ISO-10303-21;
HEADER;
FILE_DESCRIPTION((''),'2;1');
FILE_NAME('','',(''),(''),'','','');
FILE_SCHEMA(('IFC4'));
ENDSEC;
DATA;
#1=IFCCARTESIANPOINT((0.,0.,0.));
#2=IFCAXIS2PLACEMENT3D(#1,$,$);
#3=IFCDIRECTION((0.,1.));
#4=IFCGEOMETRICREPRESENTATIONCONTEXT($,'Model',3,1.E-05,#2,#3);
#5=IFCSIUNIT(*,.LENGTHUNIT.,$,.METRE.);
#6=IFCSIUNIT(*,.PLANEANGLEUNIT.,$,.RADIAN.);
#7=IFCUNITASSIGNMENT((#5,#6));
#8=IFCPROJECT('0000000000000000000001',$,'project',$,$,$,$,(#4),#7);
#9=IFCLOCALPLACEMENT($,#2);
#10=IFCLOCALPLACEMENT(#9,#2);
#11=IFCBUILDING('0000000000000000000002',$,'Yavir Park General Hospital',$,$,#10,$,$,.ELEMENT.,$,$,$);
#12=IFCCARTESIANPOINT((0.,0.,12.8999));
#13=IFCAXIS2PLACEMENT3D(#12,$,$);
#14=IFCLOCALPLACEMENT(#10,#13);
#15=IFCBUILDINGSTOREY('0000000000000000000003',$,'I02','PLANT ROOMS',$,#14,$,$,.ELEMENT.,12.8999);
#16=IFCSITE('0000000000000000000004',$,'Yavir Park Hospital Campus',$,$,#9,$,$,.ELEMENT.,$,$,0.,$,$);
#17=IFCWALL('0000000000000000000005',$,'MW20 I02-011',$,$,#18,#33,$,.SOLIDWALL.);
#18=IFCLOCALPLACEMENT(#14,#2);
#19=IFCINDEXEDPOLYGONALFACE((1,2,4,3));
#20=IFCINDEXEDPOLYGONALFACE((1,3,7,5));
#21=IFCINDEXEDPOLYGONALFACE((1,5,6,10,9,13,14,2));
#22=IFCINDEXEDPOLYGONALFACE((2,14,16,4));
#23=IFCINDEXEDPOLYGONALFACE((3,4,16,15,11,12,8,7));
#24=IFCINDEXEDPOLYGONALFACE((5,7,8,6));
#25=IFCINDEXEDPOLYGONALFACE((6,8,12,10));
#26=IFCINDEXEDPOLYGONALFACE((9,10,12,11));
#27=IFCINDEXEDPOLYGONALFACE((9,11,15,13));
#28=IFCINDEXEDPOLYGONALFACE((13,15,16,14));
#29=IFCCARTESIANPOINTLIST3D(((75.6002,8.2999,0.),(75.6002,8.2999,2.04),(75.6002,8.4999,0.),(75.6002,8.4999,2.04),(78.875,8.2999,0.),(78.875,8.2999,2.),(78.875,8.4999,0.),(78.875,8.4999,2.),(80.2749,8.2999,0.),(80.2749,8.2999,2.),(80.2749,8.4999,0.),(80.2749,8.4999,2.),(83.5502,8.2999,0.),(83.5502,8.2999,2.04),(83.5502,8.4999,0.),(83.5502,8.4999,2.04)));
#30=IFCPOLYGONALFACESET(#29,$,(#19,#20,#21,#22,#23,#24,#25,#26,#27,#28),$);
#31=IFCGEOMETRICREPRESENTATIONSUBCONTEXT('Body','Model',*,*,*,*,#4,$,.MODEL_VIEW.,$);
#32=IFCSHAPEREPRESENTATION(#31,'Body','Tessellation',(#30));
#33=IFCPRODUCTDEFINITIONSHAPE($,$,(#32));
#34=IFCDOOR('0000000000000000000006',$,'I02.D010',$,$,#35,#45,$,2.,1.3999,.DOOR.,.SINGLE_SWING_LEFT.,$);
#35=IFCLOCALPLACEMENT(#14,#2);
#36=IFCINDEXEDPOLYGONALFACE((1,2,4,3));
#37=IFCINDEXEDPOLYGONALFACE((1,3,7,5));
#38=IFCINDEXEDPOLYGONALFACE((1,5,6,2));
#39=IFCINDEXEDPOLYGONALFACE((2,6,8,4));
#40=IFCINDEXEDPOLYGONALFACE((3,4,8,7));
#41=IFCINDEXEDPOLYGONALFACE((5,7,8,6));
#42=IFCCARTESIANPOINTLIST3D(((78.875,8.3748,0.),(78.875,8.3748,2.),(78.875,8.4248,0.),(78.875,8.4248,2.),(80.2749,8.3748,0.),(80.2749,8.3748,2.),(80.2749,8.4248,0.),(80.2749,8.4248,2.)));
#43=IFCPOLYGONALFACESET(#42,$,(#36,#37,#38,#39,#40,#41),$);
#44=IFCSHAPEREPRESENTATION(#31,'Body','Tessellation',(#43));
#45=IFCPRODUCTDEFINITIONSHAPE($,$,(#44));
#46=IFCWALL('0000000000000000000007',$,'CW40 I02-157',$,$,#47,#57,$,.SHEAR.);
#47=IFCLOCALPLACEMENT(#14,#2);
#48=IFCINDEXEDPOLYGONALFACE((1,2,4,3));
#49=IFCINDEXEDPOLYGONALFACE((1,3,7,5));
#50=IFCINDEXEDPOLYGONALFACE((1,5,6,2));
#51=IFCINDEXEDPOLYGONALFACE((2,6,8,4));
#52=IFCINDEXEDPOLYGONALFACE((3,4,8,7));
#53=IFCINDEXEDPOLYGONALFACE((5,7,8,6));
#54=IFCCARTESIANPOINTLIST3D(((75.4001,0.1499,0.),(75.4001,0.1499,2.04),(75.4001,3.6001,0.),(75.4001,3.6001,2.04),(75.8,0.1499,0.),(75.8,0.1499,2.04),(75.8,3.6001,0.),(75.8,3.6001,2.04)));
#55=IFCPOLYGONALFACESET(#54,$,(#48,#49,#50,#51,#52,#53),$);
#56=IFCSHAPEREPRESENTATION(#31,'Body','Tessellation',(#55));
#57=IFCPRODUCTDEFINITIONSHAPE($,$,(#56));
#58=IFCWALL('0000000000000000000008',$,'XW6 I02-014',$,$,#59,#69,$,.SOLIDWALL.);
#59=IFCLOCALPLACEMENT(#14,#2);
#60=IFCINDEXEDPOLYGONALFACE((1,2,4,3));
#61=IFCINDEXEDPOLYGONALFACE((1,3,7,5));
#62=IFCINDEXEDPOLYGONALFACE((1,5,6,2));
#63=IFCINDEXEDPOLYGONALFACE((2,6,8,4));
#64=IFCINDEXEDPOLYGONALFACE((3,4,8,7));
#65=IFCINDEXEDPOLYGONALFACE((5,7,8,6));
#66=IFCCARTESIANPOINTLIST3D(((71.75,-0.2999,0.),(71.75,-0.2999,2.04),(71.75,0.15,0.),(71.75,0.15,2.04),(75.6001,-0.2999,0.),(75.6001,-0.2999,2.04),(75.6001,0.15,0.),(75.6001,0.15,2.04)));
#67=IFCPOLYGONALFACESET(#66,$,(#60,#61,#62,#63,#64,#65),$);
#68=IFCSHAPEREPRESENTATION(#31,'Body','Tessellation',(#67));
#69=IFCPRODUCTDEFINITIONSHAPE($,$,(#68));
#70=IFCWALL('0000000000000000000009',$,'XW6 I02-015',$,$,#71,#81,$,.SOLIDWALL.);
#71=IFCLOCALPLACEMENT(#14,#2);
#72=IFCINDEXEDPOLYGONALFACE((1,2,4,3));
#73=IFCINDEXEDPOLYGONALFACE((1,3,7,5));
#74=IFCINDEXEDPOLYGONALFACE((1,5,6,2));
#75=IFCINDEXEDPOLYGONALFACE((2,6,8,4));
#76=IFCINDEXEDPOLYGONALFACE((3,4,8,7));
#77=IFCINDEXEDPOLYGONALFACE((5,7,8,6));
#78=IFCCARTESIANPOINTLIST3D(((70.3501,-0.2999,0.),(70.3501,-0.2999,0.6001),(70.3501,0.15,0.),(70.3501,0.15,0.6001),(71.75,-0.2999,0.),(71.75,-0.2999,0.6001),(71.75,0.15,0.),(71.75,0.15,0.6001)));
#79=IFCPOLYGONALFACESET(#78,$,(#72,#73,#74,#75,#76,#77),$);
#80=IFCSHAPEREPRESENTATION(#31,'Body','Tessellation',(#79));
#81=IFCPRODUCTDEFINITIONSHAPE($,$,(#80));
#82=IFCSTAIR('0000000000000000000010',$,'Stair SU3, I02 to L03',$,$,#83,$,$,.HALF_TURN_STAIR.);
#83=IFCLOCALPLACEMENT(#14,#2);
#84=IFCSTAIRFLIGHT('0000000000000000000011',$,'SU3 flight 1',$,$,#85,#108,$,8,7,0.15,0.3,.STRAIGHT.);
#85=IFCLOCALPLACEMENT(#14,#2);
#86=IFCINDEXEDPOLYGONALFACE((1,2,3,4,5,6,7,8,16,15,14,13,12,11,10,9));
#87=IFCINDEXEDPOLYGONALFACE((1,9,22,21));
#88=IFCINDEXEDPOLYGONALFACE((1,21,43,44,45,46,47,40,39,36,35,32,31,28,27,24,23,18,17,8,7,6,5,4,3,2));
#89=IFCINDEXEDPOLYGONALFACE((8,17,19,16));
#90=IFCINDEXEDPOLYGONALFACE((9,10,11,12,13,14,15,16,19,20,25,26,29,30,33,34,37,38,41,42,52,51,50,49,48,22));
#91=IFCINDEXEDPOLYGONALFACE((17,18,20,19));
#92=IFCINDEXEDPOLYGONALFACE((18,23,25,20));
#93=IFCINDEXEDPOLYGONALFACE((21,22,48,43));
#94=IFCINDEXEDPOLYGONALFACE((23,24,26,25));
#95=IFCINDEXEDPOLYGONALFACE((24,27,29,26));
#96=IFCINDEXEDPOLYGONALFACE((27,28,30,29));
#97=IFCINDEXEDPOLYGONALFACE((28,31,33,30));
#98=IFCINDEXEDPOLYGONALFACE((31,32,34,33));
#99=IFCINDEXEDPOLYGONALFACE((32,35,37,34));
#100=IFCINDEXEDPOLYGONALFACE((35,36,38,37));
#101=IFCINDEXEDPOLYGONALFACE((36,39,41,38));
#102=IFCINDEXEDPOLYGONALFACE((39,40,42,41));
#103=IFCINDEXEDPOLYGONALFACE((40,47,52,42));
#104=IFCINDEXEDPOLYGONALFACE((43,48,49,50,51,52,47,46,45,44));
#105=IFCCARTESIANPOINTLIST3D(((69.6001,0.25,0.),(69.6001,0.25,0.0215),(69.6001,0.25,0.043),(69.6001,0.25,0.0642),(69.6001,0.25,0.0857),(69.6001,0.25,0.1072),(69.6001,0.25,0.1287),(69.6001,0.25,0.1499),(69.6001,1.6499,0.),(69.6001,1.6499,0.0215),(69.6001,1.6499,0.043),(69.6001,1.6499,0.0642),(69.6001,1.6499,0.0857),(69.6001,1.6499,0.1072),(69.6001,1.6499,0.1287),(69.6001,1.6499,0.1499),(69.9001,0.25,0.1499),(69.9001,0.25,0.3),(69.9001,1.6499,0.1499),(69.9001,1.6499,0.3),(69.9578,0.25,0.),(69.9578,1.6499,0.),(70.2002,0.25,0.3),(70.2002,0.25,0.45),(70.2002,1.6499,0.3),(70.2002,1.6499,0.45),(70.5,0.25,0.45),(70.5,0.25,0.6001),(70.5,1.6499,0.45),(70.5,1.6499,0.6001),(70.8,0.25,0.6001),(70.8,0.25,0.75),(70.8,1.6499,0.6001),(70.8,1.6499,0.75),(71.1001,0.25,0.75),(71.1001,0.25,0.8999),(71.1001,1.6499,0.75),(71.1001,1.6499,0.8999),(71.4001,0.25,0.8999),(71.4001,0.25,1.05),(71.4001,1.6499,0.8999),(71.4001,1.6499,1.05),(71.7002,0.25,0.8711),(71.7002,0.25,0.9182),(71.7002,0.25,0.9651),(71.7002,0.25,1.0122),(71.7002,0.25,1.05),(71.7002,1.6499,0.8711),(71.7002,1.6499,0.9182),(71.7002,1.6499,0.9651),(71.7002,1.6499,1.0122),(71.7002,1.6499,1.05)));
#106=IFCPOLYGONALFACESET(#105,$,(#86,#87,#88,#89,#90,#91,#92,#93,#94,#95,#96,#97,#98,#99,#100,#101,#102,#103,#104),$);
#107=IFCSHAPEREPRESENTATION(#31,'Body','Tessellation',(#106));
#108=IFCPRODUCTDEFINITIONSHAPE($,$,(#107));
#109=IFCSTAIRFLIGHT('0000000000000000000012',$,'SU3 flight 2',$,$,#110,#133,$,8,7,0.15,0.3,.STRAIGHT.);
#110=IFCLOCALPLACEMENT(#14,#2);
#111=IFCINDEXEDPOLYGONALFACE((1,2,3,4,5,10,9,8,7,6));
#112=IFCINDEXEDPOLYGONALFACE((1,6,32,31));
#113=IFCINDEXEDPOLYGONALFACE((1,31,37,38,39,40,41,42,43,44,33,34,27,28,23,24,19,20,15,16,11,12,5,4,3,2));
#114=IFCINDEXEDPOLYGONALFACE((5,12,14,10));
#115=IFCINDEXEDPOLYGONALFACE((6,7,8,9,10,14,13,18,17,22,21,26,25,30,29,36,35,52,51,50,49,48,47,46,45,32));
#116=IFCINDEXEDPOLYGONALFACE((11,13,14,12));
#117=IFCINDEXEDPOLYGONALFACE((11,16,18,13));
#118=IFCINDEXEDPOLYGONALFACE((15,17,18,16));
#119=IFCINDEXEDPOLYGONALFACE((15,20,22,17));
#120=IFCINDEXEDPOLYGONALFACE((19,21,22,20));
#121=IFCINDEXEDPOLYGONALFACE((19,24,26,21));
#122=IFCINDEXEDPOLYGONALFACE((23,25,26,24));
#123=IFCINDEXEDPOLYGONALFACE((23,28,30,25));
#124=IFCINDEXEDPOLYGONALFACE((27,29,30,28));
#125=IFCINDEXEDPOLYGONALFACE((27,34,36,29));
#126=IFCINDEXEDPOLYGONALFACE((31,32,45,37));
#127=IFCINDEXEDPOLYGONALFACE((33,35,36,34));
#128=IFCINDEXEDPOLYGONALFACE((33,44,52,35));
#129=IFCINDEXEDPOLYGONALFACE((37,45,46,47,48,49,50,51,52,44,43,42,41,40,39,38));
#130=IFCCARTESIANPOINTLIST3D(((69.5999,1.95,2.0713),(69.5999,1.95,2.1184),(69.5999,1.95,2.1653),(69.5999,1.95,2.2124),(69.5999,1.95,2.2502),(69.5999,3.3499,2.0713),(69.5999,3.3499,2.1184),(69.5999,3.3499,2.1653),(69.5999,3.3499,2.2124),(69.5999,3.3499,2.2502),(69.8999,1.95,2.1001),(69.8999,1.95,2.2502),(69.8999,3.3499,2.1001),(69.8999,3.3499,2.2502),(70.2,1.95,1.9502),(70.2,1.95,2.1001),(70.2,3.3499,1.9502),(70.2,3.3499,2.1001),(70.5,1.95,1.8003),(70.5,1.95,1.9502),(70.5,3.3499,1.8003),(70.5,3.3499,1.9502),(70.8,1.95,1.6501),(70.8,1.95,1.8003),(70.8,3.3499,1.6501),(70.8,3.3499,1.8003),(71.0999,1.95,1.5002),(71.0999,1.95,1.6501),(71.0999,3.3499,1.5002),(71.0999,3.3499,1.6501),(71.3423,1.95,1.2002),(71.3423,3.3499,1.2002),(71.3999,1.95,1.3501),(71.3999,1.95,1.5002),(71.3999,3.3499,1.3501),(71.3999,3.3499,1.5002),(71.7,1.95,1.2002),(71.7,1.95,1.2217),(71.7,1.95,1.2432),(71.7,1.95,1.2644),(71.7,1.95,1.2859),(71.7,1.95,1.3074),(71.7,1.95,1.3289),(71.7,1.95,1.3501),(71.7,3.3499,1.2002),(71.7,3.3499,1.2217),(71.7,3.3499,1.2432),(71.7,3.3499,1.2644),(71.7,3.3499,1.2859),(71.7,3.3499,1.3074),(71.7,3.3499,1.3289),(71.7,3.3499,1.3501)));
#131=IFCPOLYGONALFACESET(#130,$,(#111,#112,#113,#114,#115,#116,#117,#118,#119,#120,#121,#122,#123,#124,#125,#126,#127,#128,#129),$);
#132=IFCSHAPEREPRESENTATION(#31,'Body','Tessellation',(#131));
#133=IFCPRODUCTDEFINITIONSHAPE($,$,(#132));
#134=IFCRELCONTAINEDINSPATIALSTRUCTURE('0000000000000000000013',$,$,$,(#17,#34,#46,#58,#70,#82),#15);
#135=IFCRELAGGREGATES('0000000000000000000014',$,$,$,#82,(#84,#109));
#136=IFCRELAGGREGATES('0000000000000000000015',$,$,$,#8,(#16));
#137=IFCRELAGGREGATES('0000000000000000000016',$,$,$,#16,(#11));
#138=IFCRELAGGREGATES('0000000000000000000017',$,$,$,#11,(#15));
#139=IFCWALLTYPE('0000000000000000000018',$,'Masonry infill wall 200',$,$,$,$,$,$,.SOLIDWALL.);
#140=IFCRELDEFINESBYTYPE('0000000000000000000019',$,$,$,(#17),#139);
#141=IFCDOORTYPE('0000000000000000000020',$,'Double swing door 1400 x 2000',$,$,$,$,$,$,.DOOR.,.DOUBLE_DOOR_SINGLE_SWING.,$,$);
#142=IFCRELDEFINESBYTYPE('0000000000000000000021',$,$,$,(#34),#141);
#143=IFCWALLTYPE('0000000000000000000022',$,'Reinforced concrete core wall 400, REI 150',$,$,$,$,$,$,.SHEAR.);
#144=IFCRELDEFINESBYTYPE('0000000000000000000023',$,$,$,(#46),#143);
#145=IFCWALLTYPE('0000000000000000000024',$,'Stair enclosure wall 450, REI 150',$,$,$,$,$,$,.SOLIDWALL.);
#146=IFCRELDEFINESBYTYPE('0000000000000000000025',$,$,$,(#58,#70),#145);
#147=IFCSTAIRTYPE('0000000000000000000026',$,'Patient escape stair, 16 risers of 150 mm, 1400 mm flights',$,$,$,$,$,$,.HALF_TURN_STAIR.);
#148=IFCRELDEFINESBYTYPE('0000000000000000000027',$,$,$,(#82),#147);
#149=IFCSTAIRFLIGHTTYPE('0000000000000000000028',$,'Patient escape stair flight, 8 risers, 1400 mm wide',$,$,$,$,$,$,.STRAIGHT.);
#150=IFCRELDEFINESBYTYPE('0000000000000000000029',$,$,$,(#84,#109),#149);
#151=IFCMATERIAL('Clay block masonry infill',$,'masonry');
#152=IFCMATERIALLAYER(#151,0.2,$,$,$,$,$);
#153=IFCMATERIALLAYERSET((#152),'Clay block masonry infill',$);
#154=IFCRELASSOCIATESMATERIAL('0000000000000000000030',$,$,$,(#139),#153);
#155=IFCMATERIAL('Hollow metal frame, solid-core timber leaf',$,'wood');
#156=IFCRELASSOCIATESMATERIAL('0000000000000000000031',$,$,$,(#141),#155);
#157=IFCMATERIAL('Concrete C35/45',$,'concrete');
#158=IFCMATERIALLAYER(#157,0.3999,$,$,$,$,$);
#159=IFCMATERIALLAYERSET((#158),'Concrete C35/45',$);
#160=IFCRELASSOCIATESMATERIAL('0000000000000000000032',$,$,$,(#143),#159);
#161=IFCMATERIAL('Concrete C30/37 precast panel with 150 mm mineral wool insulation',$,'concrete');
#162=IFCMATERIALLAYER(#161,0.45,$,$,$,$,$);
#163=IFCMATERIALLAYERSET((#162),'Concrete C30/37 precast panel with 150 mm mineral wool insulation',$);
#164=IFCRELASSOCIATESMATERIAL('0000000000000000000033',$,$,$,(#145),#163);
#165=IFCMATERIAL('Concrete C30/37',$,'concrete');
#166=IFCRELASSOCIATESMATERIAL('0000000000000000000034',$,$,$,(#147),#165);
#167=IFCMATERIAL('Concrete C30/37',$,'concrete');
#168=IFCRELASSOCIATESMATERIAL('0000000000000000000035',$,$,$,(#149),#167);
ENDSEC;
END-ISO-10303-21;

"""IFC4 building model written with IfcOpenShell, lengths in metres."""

from ifc_helpers import new_model, si_unit, direction, frame, frame_2d, origin, place, context, subcontext, project, spatial, polyline, rectangle, outline, extrude, material, layer, layer_set, type_object, element, fill, aggregate, save


model = new_model("IFC4")

# Units and contexts
model_context = context("Model", 3, precision=1e-05, world=origin(), true_north=direction((0.0, 1.0)))
body_context = subcontext(model_context, "Body", "Model", "MODEL_VIEW")
ifc_project = project(units=[si_unit("LENGTHUNIT", "METRE"), si_unit("PLANEANGLEUNIT", "RADIAN")], contexts=[model_context])

# Site, building, storey
site_placement = place(None, origin())
site = spatial("IfcSite", under=ifc_project, at=site_placement, Name="Yavir Park Hospital Campus", CompositionType="ELEMENT", RefElevation=0.0)
building_placement = place(site_placement, origin())
building = spatial("IfcBuilding", under=site, at=building_placement, Name="Yavir Park General Hospital", CompositionType="ELEMENT")
storey_placement = place(building_placement, frame((0.0, 0.0, 12.8999)))
storey = spatial("IfcBuildingStorey", under=building, at=storey_placement, Name="I02", Description="PLANT ROOMS", CompositionType="ELEMENT", Elevation=12.8999)

# Wall, opening, door
ifc_material_1 = material(Name="Clay block masonry infill", Category="masonry")
ifc_layer_1 = layer(ifc_material_1, 0.2)
ifc_layer_set_1 = layer_set([ifc_layer_1], Name="Clay block masonry infill")
wall_type_1 = type_object("IfcWallType", Name="Masonry infill wall 200", PredefinedType="SOLIDWALL", material=ifc_layer_set_1)
wall_1_placement = place(storey_placement, frame((75.6001, 8.3999, 0.0), z_axis=(0.0, 0.0, 1.0), x_axis=(1.0, 0.0, 0.0)))
wall_1 = element("IfcWall", 1, at=wall_1_placement, inside=storey, type_object=wall_type_1, Name="MW20 I02-011", PredefinedType="SOLIDWALL", context=body_context, shape_type="SweptSolid", body=[
    extrude(rectangle(XDim=7.95, YDim=0.2, at=frame_2d((3.9751, 0.0))), origin(), (0.0, 0.0, 1.0), 2.04),
])
opening_1_placement = place(wall_1_placement, frame((3.2749, 0.0, 0.0)))
opening_1 = element("IfcOpeningElement", 2, at=opening_1_placement, cuts=wall_1, PredefinedType="OPENING", context=body_context, shape_type="SweptSolid", body=[
    extrude(rectangle(XDim=1.3999, YDim=2.0, at=frame_2d((0.7, 1.0))), frame((0.0, 0.1099, 0.0), z_axis=(0.0, -1.0, 0.0), x_axis=(1.0, 0.0, 0.0)), (0.0, 0.0, 1.0), 0.22),
])
ifc_material_2 = material(Name="Hollow metal frame, solid-core timber leaf", Category="wood")
door_type = type_object("IfcDoorType", Name="Double swing door 1400 x 2000", OperationType="DOUBLE_DOOR_SINGLE_SWING", PredefinedType="DOOR", material=ifc_material_2)
door_placement = place(opening_1_placement, origin())
door = element("IfcDoor", 3, at=door_placement, inside=storey, type_object=door_type, Name="I02.D010", OperationType="SINGLE_SWING_LEFT", OverallHeight=2.0, OverallWidth=1.3999, PredefinedType="DOOR", context=body_context, shape_type="SweptSolid", body=[
    extrude(rectangle(XDim=1.3999, YDim=2.0, at=frame_2d((0.7, 1.0))), frame((0.0, 0.0249, 0.0), z_axis=(0.0, -1.0, 0.0), x_axis=(1.0, 0.0, 0.0)), (0.0, 0.0, 1.0), 0.05),
])
fill(opening_1, door)

# Walls
ifc_material_3 = material(Name="Concrete C35/45", Category="concrete")
ifc_layer_2 = layer(ifc_material_3, 0.3999)
ifc_layer_set_2 = layer_set([ifc_layer_2], Name="Concrete C35/45")
wall_type_2 = type_object("IfcWallType", Name="Reinforced concrete core wall 400, REI 150", PredefinedType="SHEAR", material=ifc_layer_set_2)
wall_2_placement = place(storey_placement, frame((75.6001, 0.1499, 0.0), z_axis=(0.0, 0.0, 1.0), x_axis=(0.0, 1.0, 0.0)))
element("IfcWall", 4, at=wall_2_placement, inside=storey, type_object=wall_type_2, Name="CW40 I02-157", PredefinedType="SHEAR", context=body_context, shape_type="SweptSolid", body=[
    extrude(rectangle(XDim=3.4502, YDim=0.3999, at=frame_2d((1.7251, 0.0))), origin(), (0.0, 0.0, 1.0), 2.04),
])
ifc_material_4 = material(Name="Concrete C30/37 precast panel with 150 mm mineral wool insulation", Category="concrete")
ifc_layer_3 = layer(ifc_material_4, 0.45)
ifc_layer_set_3 = layer_set([ifc_layer_3], Name="Concrete C30/37 precast panel with 150 mm mineral wool insulation")
wall_type_3 = type_object("IfcWallType", Name="Stair enclosure wall 450, REI 150", PredefinedType="SOLIDWALL", material=ifc_layer_set_3)
wall_3_placement = place(storey_placement, frame((71.75, -0.075, 0.0), z_axis=(0.0, 0.0, 1.0), x_axis=(1.0, 0.0, 0.0)))
element("IfcWall", 5, at=wall_3_placement, inside=storey, type_object=wall_type_3, Name="XW6 I02-014", PredefinedType="SOLIDWALL", context=body_context, shape_type="SweptSolid", body=[
    extrude(rectangle(XDim=3.8501, YDim=0.45, at=frame_2d((1.925, 0.0))), origin(), (0.0, 0.0, 1.0), 2.04),
])
wall_4_placement = place(storey_placement, frame((70.3501, -0.075, 0.0), z_axis=(0.0, 0.0, 1.0), x_axis=(1.0, 0.0, 0.0)))
element("IfcWall", 6, at=wall_4_placement, inside=storey, type_object=wall_type_3, Name="XW6 I02-015", PredefinedType="SOLIDWALL", context=body_context, shape_type="SweptSolid", body=[
    extrude(rectangle(XDim=1.3999, YDim=0.45, at=frame_2d((0.7, 0.0))), origin(), (0.0, 0.0, 1.0), 0.6001),
])

# Stair, stair flights
ifc_material_5 = material(Name="Concrete C30/37", Category="concrete")
stair_type = type_object("IfcStairType", Name="Patient escape stair, 16 risers of 150 mm, 1400 mm flights", PredefinedType="HALF_TURN_STAIR", material=ifc_material_5)
stair_placement = place(storey_placement, origin())
stair = element("IfcStair", 7, at=stair_placement, inside=storey, type_object=stair_type, Name="Stair SU3, I02 to L03", PredefinedType="HALF_TURN_STAIR")
ifc_material_6 = material(Name="Concrete C30/37", Category="concrete")
stair_flight_type = type_object("IfcStairFlightType", Name="Patient escape stair flight, 8 risers, 1400 mm wide", PredefinedType="STRAIGHT", material=ifc_material_6)
stair_flight_1_placement = place(storey_placement, frame((69.6001, 0.95, 0.0), z_axis=(0.0, 0.0, 1.0), x_axis=(1.0, 0.0, 0.0)))
stair_flight_1 = element("IfcStairFlight", 8, at=stair_flight_1_placement, type_object=stair_flight_type, Name="SU3 flight 1", NumberOfRisers=8, NumberOfTreads=7, PredefinedType="STRAIGHT", RiserHeight=0.15, TreadLength=0.3, context=body_context, shape_type="SweptSolid", body=[
    extrude(outline(polyline([(0.0, 0.0), (0.0, 0.0215), (0.0, 0.043), (0.0, 0.0642), (0.0, 0.0857), (0.0, 0.1072), (0.0, 0.1287), (0.0, 0.1499), (0.3, 0.1499), (0.3, 0.3), (0.6001, 0.3), (0.6001, 0.45), (0.8999, 0.45), (0.8999, 0.6001), (1.2, 0.6001), (1.2, 0.75), (1.5, 0.75), (1.5, 0.8999), (1.8, 0.8999), (1.8, 1.05), (2.1001, 1.05), (2.1001, 1.2), (2.1001, 1.1531), (2.1001, 1.106), (2.1001, 1.0591), (2.1001, 1.0122), (2.1001, 0.9651), (2.1001, 0.9182), (2.1001, 0.8711), (0.3577, 0.0), (0.0, 0.0)])), frame((0.0, 0.7, 0.0), z_axis=(0.0, -1.0, 0.0), x_axis=(1.0, 0.0, 0.0)), (0.0, 0.0, 1.0), 1.3999),
])
stair_flight_2_placement = place(storey_placement, frame((71.7, 2.6499, 1.2002), z_axis=(0.0, 0.0, 1.0), x_axis=(-1.0, 0.0, 0.0)))
stair_flight_2 = element("IfcStairFlight", 9, at=stair_flight_2_placement, type_object=stair_flight_type, Name="SU3 flight 2", NumberOfRisers=8, NumberOfTreads=7, PredefinedType="STRAIGHT", RiserHeight=0.15, TreadLength=0.3, context=body_context, shape_type="SweptSolid", body=[
    extrude(outline(polyline([(0.0, 0.0), (0.0, 0.0215), (0.0, 0.043), (0.0, 0.0642), (0.0, 0.0857), (0.0, 0.1072), (0.0, 0.1287), (0.0, 0.1499), (0.3, 0.1499), (0.3, 0.3), (0.6001, 0.3), (0.6001, 0.45), (0.8999, 0.45), (0.8999, 0.6001), (1.2, 0.6001), (1.2, 0.75), (1.5, 0.75), (1.5, 0.8999), (1.8, 0.8999), (1.8, 1.05), (2.1001, 1.05), (2.1001, 1.2), (2.1001, 1.1531), (2.1001, 1.106), (2.1001, 1.0591), (2.1001, 1.0122), (2.1001, 0.9651), (2.1001, 0.9182), (2.1001, 0.8711), (0.3577, 0.0), (0.0, 0.0)])), frame((0.0, 0.7, 0.0), z_axis=(0.0, -1.0, 0.0), x_axis=(1.0, 0.0, 0.0)), (0.0, 0.0, 1.0), 1.3999),
])
aggregate(stair, [stair_flight_1, stair_flight_2])

save(model, "model.ifc")
